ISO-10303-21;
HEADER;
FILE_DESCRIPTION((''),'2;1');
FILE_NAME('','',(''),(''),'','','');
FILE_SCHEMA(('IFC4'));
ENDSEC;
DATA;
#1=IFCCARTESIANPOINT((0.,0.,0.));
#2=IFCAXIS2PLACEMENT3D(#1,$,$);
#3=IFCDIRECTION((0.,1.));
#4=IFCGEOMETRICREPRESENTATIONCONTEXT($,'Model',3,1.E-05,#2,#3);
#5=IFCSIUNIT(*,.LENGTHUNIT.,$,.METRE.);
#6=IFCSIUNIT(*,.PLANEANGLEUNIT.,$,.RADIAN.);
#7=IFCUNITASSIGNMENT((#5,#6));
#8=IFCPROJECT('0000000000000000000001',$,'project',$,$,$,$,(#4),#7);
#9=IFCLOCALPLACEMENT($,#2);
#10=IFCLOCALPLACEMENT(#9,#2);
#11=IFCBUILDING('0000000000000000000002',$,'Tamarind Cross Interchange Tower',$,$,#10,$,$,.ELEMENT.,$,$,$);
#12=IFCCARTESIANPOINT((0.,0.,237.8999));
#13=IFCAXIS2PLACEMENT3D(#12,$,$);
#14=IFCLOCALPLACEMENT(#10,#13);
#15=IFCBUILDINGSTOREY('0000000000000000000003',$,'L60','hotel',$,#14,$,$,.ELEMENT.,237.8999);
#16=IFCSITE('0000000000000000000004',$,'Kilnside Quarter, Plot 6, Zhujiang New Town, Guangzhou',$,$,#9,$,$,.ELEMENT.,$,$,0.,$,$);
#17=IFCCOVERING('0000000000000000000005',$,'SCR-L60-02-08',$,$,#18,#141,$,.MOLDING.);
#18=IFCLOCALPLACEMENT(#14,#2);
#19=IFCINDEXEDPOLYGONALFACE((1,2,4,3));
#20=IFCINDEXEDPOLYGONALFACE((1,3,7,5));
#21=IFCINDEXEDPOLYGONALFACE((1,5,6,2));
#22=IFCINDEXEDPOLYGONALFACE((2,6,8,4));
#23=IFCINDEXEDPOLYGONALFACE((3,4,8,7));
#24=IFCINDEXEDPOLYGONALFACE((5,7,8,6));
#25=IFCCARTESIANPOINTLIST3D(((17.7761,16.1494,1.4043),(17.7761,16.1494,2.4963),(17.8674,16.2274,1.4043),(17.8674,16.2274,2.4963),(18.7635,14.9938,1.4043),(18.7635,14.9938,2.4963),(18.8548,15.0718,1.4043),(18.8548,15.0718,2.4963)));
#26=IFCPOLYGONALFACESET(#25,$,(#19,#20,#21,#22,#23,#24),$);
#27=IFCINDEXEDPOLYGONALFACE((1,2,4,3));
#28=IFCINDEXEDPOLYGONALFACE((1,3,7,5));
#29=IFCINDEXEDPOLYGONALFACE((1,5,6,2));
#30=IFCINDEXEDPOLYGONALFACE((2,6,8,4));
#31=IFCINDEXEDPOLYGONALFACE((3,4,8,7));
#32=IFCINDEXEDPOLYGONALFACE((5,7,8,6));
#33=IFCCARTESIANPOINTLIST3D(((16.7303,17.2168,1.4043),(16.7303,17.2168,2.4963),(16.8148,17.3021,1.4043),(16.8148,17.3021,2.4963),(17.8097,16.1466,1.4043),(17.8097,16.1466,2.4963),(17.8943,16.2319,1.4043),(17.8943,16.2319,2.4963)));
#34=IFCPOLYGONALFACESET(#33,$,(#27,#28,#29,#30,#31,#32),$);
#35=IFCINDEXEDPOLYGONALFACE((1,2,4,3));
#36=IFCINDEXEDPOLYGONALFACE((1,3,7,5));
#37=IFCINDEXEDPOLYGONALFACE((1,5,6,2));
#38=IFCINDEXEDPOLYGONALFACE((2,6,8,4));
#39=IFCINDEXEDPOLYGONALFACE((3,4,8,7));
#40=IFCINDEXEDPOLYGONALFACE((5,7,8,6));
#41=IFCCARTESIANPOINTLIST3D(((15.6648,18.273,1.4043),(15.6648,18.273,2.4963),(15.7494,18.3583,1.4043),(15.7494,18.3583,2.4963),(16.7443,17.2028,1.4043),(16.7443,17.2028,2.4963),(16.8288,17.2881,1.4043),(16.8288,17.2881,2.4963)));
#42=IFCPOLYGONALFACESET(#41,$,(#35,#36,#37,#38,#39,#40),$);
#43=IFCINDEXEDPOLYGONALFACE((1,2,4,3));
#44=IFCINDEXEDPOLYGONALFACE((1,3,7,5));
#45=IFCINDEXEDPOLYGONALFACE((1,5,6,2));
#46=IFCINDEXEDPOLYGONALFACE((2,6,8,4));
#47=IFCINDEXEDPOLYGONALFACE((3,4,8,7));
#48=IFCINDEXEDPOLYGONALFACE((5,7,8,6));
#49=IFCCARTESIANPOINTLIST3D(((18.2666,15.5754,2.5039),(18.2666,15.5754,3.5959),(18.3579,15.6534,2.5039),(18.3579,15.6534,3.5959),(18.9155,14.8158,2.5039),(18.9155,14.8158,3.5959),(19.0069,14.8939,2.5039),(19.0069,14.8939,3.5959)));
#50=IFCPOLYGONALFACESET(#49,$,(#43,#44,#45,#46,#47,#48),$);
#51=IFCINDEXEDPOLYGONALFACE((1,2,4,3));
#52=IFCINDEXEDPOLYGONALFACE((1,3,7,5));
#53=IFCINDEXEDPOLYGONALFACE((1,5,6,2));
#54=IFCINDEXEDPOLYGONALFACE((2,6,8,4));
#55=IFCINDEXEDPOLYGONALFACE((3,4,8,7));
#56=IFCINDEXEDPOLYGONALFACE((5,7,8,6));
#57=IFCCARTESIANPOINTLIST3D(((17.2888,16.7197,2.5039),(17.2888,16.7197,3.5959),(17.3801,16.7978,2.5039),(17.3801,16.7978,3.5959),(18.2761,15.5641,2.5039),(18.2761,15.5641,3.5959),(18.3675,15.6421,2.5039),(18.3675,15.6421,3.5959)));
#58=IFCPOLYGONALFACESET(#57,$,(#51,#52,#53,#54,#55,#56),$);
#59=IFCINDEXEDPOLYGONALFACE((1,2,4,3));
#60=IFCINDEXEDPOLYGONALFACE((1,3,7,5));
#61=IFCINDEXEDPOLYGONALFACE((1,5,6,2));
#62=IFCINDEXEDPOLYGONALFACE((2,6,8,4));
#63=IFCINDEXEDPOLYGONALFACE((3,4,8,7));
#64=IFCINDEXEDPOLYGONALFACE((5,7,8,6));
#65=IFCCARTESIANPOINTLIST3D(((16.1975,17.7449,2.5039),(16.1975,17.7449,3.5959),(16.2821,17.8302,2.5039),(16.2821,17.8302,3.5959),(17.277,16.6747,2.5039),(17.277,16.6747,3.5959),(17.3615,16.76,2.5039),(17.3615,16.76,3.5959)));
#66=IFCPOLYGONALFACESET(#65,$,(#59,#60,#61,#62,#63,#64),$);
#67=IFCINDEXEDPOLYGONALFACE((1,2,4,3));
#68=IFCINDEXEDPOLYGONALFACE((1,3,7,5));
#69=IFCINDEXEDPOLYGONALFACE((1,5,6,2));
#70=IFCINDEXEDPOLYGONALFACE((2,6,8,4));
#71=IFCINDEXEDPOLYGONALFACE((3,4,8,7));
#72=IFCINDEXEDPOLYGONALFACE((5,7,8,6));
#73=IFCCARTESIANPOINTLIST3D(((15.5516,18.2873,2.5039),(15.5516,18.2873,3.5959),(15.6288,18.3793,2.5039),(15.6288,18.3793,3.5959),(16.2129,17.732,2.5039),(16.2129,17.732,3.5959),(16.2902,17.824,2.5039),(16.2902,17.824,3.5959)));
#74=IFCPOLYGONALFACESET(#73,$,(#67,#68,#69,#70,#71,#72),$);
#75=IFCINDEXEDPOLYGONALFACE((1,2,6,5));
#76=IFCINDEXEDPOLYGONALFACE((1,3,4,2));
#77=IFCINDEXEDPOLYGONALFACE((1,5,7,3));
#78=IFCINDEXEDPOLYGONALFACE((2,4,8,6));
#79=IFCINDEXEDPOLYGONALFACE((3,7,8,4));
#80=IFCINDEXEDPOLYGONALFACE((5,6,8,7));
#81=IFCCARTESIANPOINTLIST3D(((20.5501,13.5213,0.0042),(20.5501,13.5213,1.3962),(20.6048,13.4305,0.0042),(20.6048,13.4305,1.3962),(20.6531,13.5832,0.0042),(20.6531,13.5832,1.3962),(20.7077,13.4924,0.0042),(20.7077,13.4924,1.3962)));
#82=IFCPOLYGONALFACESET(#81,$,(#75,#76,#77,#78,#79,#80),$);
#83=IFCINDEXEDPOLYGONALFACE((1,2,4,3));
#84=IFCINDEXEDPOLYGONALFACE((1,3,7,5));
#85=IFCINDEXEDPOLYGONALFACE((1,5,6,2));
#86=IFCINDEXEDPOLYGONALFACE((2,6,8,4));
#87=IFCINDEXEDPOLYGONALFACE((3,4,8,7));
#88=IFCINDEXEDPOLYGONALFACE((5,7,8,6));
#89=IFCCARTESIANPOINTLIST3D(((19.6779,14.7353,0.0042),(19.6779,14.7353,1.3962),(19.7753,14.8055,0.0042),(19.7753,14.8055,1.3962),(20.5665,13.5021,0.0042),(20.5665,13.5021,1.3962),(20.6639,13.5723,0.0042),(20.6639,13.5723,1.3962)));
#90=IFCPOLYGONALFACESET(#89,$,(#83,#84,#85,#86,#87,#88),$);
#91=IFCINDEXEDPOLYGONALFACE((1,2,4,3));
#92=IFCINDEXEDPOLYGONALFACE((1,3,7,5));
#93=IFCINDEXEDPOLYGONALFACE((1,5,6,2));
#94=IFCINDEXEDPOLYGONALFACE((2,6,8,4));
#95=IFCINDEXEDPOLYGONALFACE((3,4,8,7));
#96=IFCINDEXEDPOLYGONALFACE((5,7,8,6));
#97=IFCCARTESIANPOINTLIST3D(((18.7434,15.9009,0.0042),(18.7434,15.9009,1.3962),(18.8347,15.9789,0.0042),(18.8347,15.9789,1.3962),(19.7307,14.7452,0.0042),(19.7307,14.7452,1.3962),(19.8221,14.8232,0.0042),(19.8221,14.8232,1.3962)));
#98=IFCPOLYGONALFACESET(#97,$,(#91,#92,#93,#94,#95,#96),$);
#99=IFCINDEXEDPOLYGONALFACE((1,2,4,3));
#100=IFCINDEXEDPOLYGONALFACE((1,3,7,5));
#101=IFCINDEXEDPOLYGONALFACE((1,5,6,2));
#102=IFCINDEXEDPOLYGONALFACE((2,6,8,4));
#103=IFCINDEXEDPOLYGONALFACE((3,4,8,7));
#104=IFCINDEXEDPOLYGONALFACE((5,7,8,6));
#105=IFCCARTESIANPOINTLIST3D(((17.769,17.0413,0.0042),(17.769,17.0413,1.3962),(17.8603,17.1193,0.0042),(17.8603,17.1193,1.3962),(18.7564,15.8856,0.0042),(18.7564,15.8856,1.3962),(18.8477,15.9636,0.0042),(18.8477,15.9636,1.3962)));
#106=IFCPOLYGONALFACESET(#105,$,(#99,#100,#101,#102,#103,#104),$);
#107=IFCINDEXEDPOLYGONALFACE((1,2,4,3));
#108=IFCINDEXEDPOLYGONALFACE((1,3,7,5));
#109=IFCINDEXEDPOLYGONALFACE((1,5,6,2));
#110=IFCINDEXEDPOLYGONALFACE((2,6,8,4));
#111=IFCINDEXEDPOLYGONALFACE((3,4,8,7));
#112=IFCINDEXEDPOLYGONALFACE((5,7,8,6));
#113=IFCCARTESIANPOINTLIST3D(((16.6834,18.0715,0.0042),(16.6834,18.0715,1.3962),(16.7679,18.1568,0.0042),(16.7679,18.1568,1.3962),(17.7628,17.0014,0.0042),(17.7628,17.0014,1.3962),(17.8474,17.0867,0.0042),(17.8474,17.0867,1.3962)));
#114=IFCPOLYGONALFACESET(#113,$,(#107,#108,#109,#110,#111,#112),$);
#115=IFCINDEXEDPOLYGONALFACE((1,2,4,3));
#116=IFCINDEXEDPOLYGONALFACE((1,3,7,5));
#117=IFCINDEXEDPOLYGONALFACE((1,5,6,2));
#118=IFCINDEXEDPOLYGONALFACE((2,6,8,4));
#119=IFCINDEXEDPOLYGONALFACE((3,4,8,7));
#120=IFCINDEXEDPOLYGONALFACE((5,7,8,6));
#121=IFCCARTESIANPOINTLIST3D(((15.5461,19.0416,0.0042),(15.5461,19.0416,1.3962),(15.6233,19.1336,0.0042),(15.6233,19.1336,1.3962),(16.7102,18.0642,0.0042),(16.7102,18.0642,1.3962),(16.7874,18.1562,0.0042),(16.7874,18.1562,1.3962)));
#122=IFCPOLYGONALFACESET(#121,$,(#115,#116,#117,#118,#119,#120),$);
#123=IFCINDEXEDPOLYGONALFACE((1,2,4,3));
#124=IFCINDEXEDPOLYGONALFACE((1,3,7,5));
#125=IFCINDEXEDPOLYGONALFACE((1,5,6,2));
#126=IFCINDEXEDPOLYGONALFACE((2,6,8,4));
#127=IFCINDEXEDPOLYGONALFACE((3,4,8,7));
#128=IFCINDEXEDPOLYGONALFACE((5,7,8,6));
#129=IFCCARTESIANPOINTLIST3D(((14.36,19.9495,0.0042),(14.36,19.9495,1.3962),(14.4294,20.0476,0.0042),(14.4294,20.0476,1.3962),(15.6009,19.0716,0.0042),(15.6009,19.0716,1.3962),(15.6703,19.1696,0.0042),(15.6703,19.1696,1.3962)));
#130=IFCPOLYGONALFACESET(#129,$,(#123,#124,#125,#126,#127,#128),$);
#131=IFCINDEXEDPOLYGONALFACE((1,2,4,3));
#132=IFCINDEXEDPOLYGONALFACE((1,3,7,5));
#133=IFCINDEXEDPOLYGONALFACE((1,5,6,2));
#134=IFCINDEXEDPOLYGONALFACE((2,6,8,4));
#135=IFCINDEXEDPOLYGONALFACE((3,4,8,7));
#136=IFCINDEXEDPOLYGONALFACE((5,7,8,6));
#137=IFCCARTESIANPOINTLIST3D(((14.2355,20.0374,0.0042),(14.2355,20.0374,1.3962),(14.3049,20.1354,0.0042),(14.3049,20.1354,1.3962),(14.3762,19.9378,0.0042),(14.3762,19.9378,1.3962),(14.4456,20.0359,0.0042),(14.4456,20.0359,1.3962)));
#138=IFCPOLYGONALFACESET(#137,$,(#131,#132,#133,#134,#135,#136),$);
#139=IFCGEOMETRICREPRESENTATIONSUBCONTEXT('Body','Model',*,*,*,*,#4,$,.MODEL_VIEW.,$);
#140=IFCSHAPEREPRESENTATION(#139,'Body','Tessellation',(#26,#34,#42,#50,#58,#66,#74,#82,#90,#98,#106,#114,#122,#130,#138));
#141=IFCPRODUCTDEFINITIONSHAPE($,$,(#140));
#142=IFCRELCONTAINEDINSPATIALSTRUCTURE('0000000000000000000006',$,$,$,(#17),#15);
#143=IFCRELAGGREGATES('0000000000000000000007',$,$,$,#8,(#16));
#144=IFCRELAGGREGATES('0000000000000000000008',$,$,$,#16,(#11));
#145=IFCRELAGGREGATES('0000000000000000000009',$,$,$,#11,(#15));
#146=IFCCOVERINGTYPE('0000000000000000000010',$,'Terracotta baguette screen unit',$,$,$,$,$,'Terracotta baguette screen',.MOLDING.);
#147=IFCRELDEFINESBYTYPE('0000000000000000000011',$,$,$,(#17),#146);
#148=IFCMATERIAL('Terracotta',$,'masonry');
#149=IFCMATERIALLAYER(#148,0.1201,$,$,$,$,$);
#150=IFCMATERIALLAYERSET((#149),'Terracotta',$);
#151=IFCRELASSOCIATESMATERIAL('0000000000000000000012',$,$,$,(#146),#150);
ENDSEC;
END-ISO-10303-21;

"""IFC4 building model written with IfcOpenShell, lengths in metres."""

from ifc_helpers import new_model, si_unit, direction, frame, origin, origin_2d, place, context, subcontext, project, spatial, rectangle, extrude, material, layer, layer_set, type_object, element, save


model = new_model("IFC4")

# Units and contexts
model_context = context("Model", 3, precision=1e-05, world=origin(), true_north=direction((0.0, 1.0)))
body_context = subcontext(model_context, "Body", "Model", "MODEL_VIEW")
ifc_project = project(units=[si_unit("LENGTHUNIT", "METRE"), si_unit("PLANEANGLEUNIT", "RADIAN")], contexts=[model_context])

# Site, building, storey
site_placement = place(None, origin())
site = spatial("IfcSite", under=ifc_project, at=site_placement, Name="Kilnside Quarter, Plot 6, Zhujiang New Town, Guangzhou", CompositionType="ELEMENT", RefElevation=0.0)
building_placement = place(site_placement, origin())
building = spatial("IfcBuilding", under=site, at=building_placement, Name="Tamarind Cross Interchange Tower", CompositionType="ELEMENT")
storey_placement = place(building_placement, frame((0.0, 0.0, 237.8999)))
storey = spatial("IfcBuildingStorey", under=building, at=storey_placement, Name="L60", Description="hotel", CompositionType="ELEMENT", Elevation=237.8999)

# Covering
ifc_material_1 = material(Name="Terracotta", Category="masonry")
ifc_layer_1 = layer(ifc_material_1, 0.1201)
ifc_layer_set_1 = layer_set([ifc_layer_1], Name="Terracotta")
covering_type = type_object("IfcCoveringType", Name="Terracotta baguette screen unit", ElementType="Terracotta baguette screen", PredefinedType="MOLDING", material=ifc_layer_set_1)
covering_1_placement = place(storey_placement, origin())
element("IfcCovering", 1, at=covering_1_placement, inside=storey, type_object=covering_type, Name="SCR-L60-02-08", PredefinedType="MOLDING", context=body_context, shape_type="SweptSolid", body=[
    extrude(rectangle(XDim=1.52, YDim=0.1201, at=origin_2d()), frame((18.3154, 15.6106, 1.4043), z_axis=(0.0, 0.0, 1.0), x_axis=(-0.649577, 0.760296, 0.0)), (0.0, 0.0, 1.0), 1.092),
    extrude(rectangle(XDim=1.52, YDim=0.1201, at=origin_2d()), frame((17.3123, 16.7244, 1.4043), z_axis=(0.0, 0.0, 1.0), x_axis=(-0.710143, 0.704057, 0.0)), (0.0, 0.0, 1.0), 1.092),
    extrude(rectangle(XDim=1.52, YDim=0.1201, at=origin_2d()), frame((16.2468, 17.7805, 1.4043), z_axis=(0.0, 0.0, 1.0), x_axis=(-0.710143, 0.704057, 0.0)), (0.0, 0.0, 1.0), 1.092),
    extrude(rectangle(XDim=0.999, YDim=0.1201, at=origin_2d()), frame((18.6367, 15.2346, 2.5039), z_axis=(0.0, 0.0, 1.0), x_axis=(-0.649577, 0.760296, 0.0)), (0.0, 0.0, 1.0), 1.092),
    extrude(rectangle(XDim=1.52, YDim=0.1201, at=origin_2d()), frame((17.8281, 16.1809, 2.5039), z_axis=(0.0, 0.0, 1.0), x_axis=(-0.649577, 0.760296, 0.0)), (0.0, 0.0, 1.0), 1.092),
    extrude(rectangle(XDim=1.52, YDim=0.1201, at=origin_2d()), frame((16.7795, 17.2524, 2.5039), z_axis=(0.0, 0.0, 1.0), x_axis=(-0.710143, 0.704057, 0.0)), (0.0, 0.0, 1.0), 1.092),
    extrude(rectangle(XDim=0.8635, YDim=0.1201, at=origin_2d()), frame((15.9209, 18.0557, 2.5039), z_axis=(0.0, 0.0, 1.0), x_axis=(-0.765858, 0.643009, 0.0)), (0.0, 0.0, 1.0), 1.092),
    extrude(rectangle(XDim=0.106, YDim=0.1201, at=origin_2d()), frame((20.6289, 13.5068, 0.0042), z_axis=(0.0, 0.0, 1.0), x_axis=(-0.515577, 0.856843, 0.0)), (0.0, 0.0, 1.0), 1.3921),
    extrude(rectangle(XDim=1.52, YDim=0.1201, at=origin_2d()), frame((20.1709, 14.1538, 0.0042), z_axis=(0.0, 0.0, 1.0), x_axis=(-0.584574, 0.81134, 0.0)), (0.0, 0.0, 1.0), 1.3921),
    extrude(rectangle(XDim=1.52, YDim=0.1201, at=origin_2d()), frame((19.2827, 15.3621, 0.0042), z_axis=(0.0, 0.0, 1.0), x_axis=(-0.649577, 0.760296, 0.0)), (0.0, 0.0, 1.0), 1.3921),
    extrude(rectangle(XDim=1.52, YDim=0.1201, at=origin_2d()), frame((18.3083, 16.5024, 0.0042), z_axis=(0.0, 0.0, 1.0), x_axis=(-0.649577, 0.760296, 0.0)), (0.0, 0.0, 1.0), 1.3921),
    extrude(rectangle(XDim=1.52, YDim=0.1201, at=origin_2d()), frame((17.2654, 17.5791, 0.0042), z_axis=(0.0, 0.0, 1.0), x_axis=(-0.710143, 0.704057, 0.0)), (0.0, 0.0, 1.0), 1.3921),
    extrude(rectangle(XDim=1.52, YDim=0.1201, at=origin_2d()), frame((16.1667, 18.5989, 0.0042), z_axis=(0.0, 0.0, 1.0), x_axis=(-0.765858, 0.643009, 0.0)), (0.0, 0.0, 1.0), 1.3921),
    extrude(rectangle(XDim=1.52, YDim=0.1201, at=origin_2d()), frame((15.0151, 19.5596, 0.0042), z_axis=(0.0, 0.0, 1.0), x_axis=(-0.816342, 0.577569, 0.0)), (0.0, 0.0, 1.0), 1.3921),
    extrude(rectangle(XDim=0.1724, YDim=0.1201, at=origin_2d()), frame((14.3406, 20.0366, 0.0042), z_axis=(0.0, 0.0, 1.0), x_axis=(-0.816342, 0.577569, 0.0)), (0.0, 0.0, 1.0), 1.3921),
])

save(model, "model.ifc")
